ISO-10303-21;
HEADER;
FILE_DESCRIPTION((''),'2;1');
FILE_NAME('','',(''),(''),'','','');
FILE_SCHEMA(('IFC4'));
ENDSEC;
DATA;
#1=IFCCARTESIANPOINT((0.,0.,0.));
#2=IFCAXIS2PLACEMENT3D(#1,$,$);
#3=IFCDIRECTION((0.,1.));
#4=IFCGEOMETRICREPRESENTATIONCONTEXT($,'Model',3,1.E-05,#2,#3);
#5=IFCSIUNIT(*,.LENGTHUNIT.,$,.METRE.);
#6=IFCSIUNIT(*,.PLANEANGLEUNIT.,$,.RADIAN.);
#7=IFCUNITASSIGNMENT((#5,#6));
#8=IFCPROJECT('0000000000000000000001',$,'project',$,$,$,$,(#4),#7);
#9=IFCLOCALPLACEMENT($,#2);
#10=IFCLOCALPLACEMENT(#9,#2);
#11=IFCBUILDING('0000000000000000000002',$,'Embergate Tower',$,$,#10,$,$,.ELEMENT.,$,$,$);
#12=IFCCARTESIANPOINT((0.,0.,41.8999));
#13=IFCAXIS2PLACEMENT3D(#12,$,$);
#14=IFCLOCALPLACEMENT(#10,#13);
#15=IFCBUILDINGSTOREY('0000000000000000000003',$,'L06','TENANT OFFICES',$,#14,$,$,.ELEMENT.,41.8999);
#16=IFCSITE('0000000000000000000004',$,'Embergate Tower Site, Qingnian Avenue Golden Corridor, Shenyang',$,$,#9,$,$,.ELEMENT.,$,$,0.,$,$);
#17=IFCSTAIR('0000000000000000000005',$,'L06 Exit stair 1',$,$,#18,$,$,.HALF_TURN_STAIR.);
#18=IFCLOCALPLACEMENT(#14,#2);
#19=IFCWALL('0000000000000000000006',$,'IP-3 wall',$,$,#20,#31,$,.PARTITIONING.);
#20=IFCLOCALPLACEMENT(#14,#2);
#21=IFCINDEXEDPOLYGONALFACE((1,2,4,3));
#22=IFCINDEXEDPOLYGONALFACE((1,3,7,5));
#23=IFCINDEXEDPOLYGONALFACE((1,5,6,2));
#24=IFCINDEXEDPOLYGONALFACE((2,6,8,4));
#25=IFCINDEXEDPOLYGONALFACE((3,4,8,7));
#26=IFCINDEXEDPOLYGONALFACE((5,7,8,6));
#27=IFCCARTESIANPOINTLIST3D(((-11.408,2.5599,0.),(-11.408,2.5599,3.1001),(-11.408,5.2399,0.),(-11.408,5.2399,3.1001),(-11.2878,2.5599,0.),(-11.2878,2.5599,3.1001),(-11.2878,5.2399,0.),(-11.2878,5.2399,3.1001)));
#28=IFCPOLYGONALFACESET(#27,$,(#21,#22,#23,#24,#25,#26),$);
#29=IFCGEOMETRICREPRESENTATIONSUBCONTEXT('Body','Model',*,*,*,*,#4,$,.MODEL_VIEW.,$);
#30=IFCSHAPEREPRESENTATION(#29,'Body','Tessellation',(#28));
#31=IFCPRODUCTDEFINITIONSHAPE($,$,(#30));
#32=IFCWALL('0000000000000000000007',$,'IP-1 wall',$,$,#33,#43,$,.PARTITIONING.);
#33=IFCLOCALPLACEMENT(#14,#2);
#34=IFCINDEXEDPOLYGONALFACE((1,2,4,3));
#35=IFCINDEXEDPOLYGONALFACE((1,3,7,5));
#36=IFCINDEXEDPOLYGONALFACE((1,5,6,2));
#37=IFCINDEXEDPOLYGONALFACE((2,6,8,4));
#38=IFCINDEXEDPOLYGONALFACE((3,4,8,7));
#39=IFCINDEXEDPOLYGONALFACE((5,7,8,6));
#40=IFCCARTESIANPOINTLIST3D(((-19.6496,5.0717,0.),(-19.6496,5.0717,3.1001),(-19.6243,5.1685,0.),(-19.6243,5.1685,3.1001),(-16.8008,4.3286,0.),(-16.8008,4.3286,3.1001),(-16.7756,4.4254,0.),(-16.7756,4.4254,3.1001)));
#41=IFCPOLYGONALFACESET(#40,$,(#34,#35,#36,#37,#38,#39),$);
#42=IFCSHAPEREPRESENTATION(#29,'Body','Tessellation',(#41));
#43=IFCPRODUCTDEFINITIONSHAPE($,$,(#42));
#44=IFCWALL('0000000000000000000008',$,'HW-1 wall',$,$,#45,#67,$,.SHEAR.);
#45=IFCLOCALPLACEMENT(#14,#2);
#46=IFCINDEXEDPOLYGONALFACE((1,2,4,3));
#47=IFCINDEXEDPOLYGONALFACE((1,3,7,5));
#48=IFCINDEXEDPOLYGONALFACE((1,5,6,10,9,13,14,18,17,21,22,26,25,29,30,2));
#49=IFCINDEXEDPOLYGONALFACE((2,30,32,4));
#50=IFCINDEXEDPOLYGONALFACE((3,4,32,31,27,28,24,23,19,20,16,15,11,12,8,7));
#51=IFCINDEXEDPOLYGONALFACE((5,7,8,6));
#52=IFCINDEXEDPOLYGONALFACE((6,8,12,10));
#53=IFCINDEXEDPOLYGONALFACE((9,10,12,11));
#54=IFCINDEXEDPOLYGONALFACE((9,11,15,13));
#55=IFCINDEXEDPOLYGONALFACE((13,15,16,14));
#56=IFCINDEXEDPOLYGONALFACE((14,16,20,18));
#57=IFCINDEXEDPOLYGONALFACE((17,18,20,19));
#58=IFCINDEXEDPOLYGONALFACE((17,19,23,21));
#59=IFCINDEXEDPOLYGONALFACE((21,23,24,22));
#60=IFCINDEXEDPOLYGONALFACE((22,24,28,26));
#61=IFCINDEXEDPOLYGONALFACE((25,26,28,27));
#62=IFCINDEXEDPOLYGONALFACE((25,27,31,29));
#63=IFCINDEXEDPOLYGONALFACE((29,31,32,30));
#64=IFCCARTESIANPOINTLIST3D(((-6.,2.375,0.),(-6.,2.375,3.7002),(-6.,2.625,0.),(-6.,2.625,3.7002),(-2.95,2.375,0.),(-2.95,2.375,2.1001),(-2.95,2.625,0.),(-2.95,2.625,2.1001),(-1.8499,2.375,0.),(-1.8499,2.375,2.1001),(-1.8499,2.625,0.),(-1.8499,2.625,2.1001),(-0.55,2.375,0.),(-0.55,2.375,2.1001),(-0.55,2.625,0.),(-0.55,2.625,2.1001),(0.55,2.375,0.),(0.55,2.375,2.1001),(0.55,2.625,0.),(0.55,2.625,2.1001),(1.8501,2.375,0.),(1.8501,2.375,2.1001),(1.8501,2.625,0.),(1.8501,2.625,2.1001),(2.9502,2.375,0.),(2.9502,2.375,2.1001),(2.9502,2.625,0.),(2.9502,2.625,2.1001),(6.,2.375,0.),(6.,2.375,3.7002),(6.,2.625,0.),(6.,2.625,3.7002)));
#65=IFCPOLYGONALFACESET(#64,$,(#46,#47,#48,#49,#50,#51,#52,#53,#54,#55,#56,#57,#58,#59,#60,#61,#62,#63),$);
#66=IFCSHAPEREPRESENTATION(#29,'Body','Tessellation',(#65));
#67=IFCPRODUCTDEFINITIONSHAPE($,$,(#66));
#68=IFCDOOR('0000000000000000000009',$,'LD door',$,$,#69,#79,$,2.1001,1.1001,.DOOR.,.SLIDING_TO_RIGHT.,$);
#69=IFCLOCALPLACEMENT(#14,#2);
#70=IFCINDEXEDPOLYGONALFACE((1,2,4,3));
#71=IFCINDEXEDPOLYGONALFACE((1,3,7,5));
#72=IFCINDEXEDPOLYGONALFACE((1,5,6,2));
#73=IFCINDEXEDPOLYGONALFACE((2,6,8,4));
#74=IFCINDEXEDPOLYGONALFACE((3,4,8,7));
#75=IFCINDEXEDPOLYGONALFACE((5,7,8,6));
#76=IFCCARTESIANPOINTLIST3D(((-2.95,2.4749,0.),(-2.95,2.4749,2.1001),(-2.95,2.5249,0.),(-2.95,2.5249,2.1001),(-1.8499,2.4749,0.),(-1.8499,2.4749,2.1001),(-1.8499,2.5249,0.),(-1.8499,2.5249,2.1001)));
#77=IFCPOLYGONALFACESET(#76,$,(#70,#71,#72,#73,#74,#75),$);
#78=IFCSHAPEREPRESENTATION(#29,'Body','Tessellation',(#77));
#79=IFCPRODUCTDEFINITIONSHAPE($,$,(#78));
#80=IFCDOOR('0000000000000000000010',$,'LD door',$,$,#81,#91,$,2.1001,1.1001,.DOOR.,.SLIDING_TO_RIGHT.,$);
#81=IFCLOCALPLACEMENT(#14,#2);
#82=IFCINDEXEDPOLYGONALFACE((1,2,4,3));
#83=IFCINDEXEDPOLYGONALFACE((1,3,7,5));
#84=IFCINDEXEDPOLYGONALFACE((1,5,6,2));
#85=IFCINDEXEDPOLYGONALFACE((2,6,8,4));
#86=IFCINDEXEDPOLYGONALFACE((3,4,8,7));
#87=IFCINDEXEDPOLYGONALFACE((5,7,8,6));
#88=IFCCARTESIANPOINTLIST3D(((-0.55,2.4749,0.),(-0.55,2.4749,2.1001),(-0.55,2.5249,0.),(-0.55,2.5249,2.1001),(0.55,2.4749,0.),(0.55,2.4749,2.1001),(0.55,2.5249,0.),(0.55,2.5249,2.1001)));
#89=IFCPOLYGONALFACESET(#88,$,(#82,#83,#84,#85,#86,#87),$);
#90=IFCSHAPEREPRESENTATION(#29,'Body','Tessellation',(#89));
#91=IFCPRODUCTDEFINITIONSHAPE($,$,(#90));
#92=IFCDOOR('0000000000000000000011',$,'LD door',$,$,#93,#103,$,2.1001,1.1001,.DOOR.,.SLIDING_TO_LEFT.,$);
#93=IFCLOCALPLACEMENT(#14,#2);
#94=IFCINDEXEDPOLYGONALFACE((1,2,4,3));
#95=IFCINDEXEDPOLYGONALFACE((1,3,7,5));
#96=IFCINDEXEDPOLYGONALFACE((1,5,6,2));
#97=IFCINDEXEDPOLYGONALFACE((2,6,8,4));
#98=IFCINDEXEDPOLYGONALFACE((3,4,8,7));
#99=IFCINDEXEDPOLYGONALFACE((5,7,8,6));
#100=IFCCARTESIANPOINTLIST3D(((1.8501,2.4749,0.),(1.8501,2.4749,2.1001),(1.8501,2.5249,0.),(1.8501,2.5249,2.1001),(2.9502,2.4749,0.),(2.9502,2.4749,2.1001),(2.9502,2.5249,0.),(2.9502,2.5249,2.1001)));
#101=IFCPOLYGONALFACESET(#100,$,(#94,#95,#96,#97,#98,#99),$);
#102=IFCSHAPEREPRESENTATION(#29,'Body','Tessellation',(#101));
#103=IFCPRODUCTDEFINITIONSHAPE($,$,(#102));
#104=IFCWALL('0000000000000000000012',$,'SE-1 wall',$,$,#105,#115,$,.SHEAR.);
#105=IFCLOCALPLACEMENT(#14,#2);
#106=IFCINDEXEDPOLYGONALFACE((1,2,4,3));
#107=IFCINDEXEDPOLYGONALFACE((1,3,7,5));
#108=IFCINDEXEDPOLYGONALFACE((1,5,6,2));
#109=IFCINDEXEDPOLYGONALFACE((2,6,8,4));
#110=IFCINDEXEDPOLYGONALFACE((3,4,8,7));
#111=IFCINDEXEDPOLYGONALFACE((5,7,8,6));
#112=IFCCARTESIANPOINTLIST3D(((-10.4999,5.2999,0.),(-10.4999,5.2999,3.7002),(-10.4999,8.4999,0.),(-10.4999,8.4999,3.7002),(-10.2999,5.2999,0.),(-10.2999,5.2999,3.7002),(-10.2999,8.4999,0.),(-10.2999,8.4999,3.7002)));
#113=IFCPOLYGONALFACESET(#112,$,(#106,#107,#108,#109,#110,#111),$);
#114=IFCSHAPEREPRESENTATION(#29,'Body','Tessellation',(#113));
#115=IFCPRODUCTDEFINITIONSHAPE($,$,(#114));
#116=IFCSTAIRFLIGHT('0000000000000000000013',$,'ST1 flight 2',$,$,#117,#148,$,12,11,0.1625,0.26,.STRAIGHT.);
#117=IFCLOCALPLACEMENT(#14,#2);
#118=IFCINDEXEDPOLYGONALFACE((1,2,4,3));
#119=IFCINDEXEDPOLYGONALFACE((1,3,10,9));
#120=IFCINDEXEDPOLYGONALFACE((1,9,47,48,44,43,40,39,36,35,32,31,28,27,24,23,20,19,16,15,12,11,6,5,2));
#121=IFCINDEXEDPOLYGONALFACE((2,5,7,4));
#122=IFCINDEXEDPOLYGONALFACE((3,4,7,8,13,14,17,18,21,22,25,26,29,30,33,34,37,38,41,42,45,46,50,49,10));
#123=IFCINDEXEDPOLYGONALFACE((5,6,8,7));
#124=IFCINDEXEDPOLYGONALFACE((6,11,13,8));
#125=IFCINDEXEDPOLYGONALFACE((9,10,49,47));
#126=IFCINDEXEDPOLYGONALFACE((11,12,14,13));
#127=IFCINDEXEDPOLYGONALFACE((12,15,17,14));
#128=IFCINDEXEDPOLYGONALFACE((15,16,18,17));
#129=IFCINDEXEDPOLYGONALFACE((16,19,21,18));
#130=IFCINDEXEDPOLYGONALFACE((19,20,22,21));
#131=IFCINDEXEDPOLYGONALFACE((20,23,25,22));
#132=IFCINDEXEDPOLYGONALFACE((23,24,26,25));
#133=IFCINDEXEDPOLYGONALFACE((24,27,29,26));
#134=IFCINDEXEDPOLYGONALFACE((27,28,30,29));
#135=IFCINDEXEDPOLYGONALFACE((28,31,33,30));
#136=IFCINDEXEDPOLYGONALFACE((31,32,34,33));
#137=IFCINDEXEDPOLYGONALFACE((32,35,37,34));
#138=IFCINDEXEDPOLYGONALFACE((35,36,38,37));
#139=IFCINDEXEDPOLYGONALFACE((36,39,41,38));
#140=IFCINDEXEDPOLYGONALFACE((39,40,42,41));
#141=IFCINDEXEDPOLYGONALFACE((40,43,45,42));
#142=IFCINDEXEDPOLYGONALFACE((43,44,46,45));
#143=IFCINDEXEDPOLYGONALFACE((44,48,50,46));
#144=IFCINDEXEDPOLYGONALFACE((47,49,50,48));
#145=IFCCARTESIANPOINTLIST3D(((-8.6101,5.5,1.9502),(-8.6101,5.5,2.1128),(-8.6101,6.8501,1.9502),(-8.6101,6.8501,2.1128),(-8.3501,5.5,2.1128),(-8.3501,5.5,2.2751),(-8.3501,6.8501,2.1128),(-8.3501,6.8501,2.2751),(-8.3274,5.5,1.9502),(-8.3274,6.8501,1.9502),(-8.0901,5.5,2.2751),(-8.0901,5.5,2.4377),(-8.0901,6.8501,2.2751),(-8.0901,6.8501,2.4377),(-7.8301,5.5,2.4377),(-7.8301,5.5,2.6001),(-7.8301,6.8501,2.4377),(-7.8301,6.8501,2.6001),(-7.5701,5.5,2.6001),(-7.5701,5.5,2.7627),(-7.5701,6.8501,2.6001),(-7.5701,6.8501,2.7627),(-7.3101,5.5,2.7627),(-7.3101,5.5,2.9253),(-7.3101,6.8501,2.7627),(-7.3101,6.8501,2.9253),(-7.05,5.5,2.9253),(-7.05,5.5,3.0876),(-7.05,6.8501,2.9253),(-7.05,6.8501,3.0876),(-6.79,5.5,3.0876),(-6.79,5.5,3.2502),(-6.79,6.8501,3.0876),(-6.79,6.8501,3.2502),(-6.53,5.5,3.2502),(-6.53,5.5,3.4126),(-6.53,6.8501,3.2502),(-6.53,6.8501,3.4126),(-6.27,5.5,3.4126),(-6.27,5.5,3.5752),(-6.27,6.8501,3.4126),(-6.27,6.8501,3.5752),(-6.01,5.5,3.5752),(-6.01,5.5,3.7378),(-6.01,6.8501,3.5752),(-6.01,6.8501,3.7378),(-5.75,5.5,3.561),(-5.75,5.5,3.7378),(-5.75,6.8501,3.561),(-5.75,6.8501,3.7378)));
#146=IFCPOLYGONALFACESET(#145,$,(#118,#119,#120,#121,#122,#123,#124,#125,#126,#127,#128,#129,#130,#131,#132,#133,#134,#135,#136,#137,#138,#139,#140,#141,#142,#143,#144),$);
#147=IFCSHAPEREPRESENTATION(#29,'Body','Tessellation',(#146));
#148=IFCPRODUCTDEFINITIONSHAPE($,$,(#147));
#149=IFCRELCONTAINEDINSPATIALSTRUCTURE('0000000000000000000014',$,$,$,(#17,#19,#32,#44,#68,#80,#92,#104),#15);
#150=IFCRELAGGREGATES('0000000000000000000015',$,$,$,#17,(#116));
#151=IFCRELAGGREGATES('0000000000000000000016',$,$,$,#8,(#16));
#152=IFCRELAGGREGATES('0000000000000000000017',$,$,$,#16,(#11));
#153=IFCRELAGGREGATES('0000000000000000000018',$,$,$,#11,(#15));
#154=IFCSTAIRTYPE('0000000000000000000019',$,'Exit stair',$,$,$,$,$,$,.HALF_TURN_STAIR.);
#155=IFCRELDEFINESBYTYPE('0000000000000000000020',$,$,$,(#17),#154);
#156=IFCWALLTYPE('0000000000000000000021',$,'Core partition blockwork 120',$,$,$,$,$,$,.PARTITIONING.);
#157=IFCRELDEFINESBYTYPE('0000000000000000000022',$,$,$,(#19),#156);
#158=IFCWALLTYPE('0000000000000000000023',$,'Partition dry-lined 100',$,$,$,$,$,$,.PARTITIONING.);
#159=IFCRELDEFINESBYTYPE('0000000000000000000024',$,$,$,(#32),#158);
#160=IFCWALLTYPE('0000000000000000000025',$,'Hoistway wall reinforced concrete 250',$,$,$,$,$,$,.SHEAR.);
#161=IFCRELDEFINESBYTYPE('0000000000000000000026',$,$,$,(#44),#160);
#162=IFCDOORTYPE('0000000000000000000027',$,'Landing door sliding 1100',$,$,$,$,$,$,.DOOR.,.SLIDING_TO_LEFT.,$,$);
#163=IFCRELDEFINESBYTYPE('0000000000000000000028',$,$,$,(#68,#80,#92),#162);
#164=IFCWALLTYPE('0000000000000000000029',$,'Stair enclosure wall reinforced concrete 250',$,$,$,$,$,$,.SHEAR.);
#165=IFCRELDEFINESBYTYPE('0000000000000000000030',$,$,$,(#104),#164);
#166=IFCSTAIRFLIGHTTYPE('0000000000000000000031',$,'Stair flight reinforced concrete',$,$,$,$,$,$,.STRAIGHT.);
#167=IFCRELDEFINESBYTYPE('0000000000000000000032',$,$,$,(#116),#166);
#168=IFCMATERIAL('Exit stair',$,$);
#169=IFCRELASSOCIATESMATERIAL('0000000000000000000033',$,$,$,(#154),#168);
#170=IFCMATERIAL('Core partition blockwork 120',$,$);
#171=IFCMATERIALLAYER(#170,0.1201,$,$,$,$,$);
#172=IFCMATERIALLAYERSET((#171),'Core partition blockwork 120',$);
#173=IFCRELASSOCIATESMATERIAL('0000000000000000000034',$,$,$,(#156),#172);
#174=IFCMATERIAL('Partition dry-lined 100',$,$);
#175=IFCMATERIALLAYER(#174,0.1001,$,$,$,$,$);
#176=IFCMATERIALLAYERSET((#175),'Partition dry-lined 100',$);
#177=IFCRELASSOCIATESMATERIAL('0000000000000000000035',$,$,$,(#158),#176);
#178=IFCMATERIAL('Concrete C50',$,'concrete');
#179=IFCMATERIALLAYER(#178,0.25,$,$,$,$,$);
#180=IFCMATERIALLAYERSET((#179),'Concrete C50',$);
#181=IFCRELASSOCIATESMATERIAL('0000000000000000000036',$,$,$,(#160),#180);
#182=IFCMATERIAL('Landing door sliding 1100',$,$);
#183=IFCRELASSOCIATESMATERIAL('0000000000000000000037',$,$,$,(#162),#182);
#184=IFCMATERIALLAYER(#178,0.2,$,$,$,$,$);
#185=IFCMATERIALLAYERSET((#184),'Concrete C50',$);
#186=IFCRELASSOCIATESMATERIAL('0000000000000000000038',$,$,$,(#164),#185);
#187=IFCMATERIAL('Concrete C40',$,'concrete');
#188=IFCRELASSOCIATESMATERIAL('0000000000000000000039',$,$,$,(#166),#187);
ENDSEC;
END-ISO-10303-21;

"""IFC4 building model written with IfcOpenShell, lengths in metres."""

from ifc_helpers import new_model, si_unit, direction, frame, frame_2d, origin, place, context, subcontext, project, spatial, polyline, rectangle, outline, extrude, source, transform, mapped, material, layer, layer_set, type_object, element, fill, aggregate, save


model = new_model("IFC4")

# Units and contexts
model_context = context("Model", 3, precision=1e-05, world=origin(), true_north=direction((0.0, 1.0)))
body_context = subcontext(model_context, "Body", "Model", "MODEL_VIEW")
ifc_project = project(units=[si_unit("LENGTHUNIT", "METRE"), si_unit("PLANEANGLEUNIT", "RADIAN")], contexts=[model_context])

# Site, building, storey
site_placement = place(None, origin())
site = spatial("IfcSite", under=ifc_project, at=site_placement, Name="Embergate Tower Site, Qingnian Avenue Golden Corridor, Shenyang", CompositionType="ELEMENT", RefElevation=0.0)
building_placement = place(site_placement, origin())
building = spatial("IfcBuilding", under=site, at=building_placement, Name="Embergate Tower", CompositionType="ELEMENT")
storey_placement = place(building_placement, frame((0.0, 0.0, 41.8999)))
storey = spatial("IfcBuildingStorey", under=building, at=storey_placement, Name="L06", Description="TENANT OFFICES", CompositionType="ELEMENT", Elevation=41.8999)

# Stair
ifc_material_1 = material(Name="Exit stair")
stair_type = type_object("IfcStairType", Name="Exit stair", PredefinedType="HALF_TURN_STAIR", material=ifc_material_1)
stair_placement = place(storey_placement, origin())
stair = element("IfcStair", 1, at=stair_placement, inside=storey, type_object=stair_type, Name="L06 Exit stair 1", PredefinedType="HALF_TURN_STAIR")
ifc_material_2 = material(Name="Concrete C40", Category="concrete")

# Shared definitions
ifc_material_3 = material(Name="Core partition blockwork 120")
ifc_layer_1 = layer(ifc_material_3, 0.1201)
ifc_layer_set_1 = layer_set([ifc_layer_1], Name="Core partition blockwork 120")
wall_type_1 = type_object("IfcWallType", Name="Core partition blockwork 120", PredefinedType="PARTITIONING", material=ifc_layer_set_1)

# Walls
shared_shape_1 = source(origin(), body_context, "Body", "SweptSolid", [
    extrude(rectangle(XDim=2.6799, YDim=0.1201, at=frame_2d((1.3398, 0.0))), origin(), (0.0, 0.0, 1.0), 3.1001),
])
wall_1_placement = place(storey_placement, frame((-11.3479, 2.5601, 0.0), z_axis=(0.0, 0.0, 1.0), x_axis=(0.0, 1.0, 0.0)))
element("IfcWall", 2, at=wall_1_placement, inside=storey, type_object=wall_type_1, Name="IP-3 wall", PredefinedType="PARTITIONING", context=body_context, shape_type="MappedRepresentation", body=[
    mapped(shared_shape_1, transform((0.0, 0.0, 0.0))),
])
ifc_material_4 = material(Name="Partition dry-lined 100")
ifc_layer_2 = layer(ifc_material_4, 0.1001)
ifc_layer_set_2 = layer_set([ifc_layer_2], Name="Partition dry-lined 100")
wall_type_2 = type_object("IfcWallType", Name="Partition dry-lined 100", PredefinedType="PARTITIONING", material=ifc_layer_set_2)
shared_shape_2 = source(origin(), body_context, "Body", "SweptSolid", [
    extrude(rectangle(XDim=2.9441, YDim=0.1001, at=frame_2d((1.4722, 0.0))), origin(), (0.0, 0.0, 1.0), 3.1001),
])
wall_2_placement = place(storey_placement, frame((-16.7881, 4.377, 0.0), z_axis=(0.0, 0.0, 1.0), x_axis=(-0.967619, 0.252415, 0.0)))
element("IfcWall", 3, at=wall_2_placement, inside=storey, type_object=wall_type_2, Name="IP-1 wall", PredefinedType="PARTITIONING", context=body_context, shape_type="MappedRepresentation", body=[
    mapped(shared_shape_2, transform((0.0, 0.0, 0.0))),
])

# Wall, openings, doors
ifc_material_5 = material(Name="Concrete C50", Category="concrete")
ifc_layer_3 = layer(ifc_material_5, 0.25)
ifc_layer_set_3 = layer_set([ifc_layer_3], Name="Concrete C50")
wall_type_3 = type_object("IfcWallType", Name="Hoistway wall reinforced concrete 250", PredefinedType="SHEAR", material=ifc_layer_set_3)
shared_shape_3 = source(origin(), body_context, "Body", "SweptSolid", [
    extrude(rectangle(XDim=12.0, YDim=0.25, at=frame_2d((6.0, 0.0))), origin(), (0.0, 0.0, 1.0), 3.7002),
])
wall_3_placement = place(storey_placement, frame((-6.0, 2.5, 0.0), z_axis=(0.0, 0.0, 1.0), x_axis=(1.0, 0.0, 0.0)))
wall_3 = element("IfcWall", 4, at=wall_3_placement, inside=storey, type_object=wall_type_3, Name="HW-1 wall", PredefinedType="SHEAR", context=body_context, shape_type="MappedRepresentation", body=[
    mapped(shared_shape_3, transform((0.0, 0.0, 0.0))),
])
shared_shape_4 = source(origin(), body_context, "Body", "SweptSolid", [
    extrude(rectangle(XDim=1.1001, YDim=2.1001, at=frame_2d((0.55, 1.05))), frame((0.0, 0.135, 0.0), z_axis=(0.0, -1.0, 0.0), x_axis=(1.0, 0.0, 0.0)), (0.0, 0.0, 1.0), 0.27),
])
opening_1_placement = place(wall_3_placement, frame((3.05, 0.0, 0.0)))
opening_1 = element("IfcOpeningElement", 5, at=opening_1_placement, cuts=wall_3, PredefinedType="OPENING", context=body_context, shape_type="MappedRepresentation", body=[
    mapped(shared_shape_4, transform((0.0, 0.0, 0.0))),
])
opening_2_placement = place(wall_3_placement, frame((5.45, 0.0, 0.0)))
opening_2 = element("IfcOpeningElement", 6, at=opening_2_placement, cuts=wall_3, PredefinedType="OPENING", context=body_context, shape_type="MappedRepresentation", body=[
    mapped(shared_shape_4, transform((0.0, 0.0, 0.0))),
])
opening_3_placement = place(wall_3_placement, frame((7.8501, 0.0, 0.0)))
opening_3 = element("IfcOpeningElement", 7, at=opening_3_placement, cuts=wall_3, PredefinedType="OPENING", context=body_context, shape_type="MappedRepresentation", body=[
    mapped(shared_shape_4, transform((0.0, 0.0, 0.0))),
])
ifc_material_6 = material(Name="Landing door sliding 1100")
door_type_1 = type_object("IfcDoorType", Name="Landing door sliding 1100", OperationType="SLIDING_TO_LEFT", PredefinedType="DOOR", material=ifc_material_6)
shared_shape_5 = source(origin(), body_context, "Body", "SweptSolid", [
    extrude(rectangle(XDim=1.1001, YDim=2.1001, at=frame_2d((0.55, 1.05))), frame((0.0, 0.0249, 0.0), z_axis=(0.0, -1.0, 0.0), x_axis=(1.0, 0.0, 0.0)), (0.0, 0.0, 1.0), 0.05),
])
door_1_placement = place(opening_1_placement, origin())
door_1 = element("IfcDoor", 8, at=door_1_placement, inside=storey, type_object=door_type_1, Name="LD door", OperationType="SLIDING_TO_RIGHT", OverallHeight=2.1001, OverallWidth=1.1001, PredefinedType="DOOR", context=body_context, shape_type="MappedRepresentation", body=[
    mapped(shared_shape_5, transform((0.0, 0.0, 0.0))),
])
fill(opening_1, door_1)
door_2_placement = place(opening_2_placement, origin())
door_2 = element("IfcDoor", 9, at=door_2_placement, inside=storey, type_object=door_type_1, Name="LD door", OperationType="SLIDING_TO_RIGHT", OverallHeight=2.1001, OverallWidth=1.1001, PredefinedType="DOOR", context=body_context, shape_type="MappedRepresentation", body=[
    mapped(shared_shape_5, transform((0.0, 0.0, 0.0))),
])
fill(opening_2, door_2)
door_3_placement = place(opening_3_placement, origin())
door_3 = element("IfcDoor", 10, at=door_3_placement, inside=storey, type_object=door_type_1, Name="LD door", OperationType="SLIDING_TO_LEFT", OverallHeight=2.1001, OverallWidth=1.1001, PredefinedType="DOOR", context=body_context, shape_type="MappedRepresentation", body=[
    mapped(shared_shape_5, transform((0.0, 0.0, 0.0))),
])
fill(opening_3, door_3)

# Wall
ifc_layer_4 = layer(ifc_material_5, 0.2)
ifc_layer_set_4 = layer_set([ifc_layer_4], Name="Concrete C50")
wall_type_4 = type_object("IfcWallType", Name="Stair enclosure wall reinforced concrete 250", PredefinedType="SHEAR", material=ifc_layer_set_4)
shared_shape_6 = source(origin(), body_context, "Body", "SweptSolid", [
    extrude(rectangle(XDim=3.2, YDim=0.2, at=frame_2d((1.6001, 0.0))), origin(), (0.0, 0.0, 1.0), 3.7002),
])
wall_4_placement = place(storey_placement, frame((-10.3999, 8.5, 0.0), z_axis=(0.0, 0.0, 1.0), x_axis=(0.0, -1.0, 0.0)))
element("IfcWall", 11, at=wall_4_placement, inside=storey, type_object=wall_type_4, Name="SE-1 wall", PredefinedType="SHEAR", context=body_context, shape_type="MappedRepresentation", body=[
    mapped(shared_shape_6, transform((0.0, 0.0, 0.0))),
])

# Stair flight
stair_flight_type = type_object("IfcStairFlightType", Name="Stair flight reinforced concrete", PredefinedType="STRAIGHT", material=ifc_material_2)
shared_shape_7 = source(origin(), body_context, "Body", "SweptSolid", [
    extrude(outline(polyline([(0.0, 0.0), (0.0, 0.1626), (0.26, 0.1626), (0.26, 0.325), (0.52, 0.325), (0.52, 0.4875), (0.78, 0.4875), (0.78, 0.6499), (1.04, 0.6499), (1.04, 0.8125), (1.3, 0.8125), (1.3, 0.9751), (1.5601, 0.9751), (1.5601, 1.1375), (1.8201, 1.1375), (1.8201, 1.3), (2.0801, 1.3), (2.0801, 1.4624), (2.3401, 1.4624), (2.3401, 1.625), (2.6001, 1.625), (2.6001, 1.7876), (2.8601, 1.7876), (2.8601, 1.95), (2.8601, 1.6108), (0.2827, 0.0), (0.0, 0.0)])), frame((0.0, 0.675, 0.0), z_axis=(0.0, -1.0, 0.0), x_axis=(1.0, 0.0, 0.0)), (0.0, 0.0, 1.0), 1.3501),
])
stair_flight_placement = place(storey_placement, frame((-8.6101, 6.175, 1.9502), z_axis=(0.0, 0.0, 1.0), x_axis=(1.0, 0.0, 0.0)))
stair_flight = element("IfcStairFlight", 12, at=stair_flight_placement, type_object=stair_flight_type, Name="ST1 flight 2", NumberOfRisers=12, NumberOfTreads=11, PredefinedType="STRAIGHT", RiserHeight=0.1625, TreadLength=0.26, context=body_context, shape_type="MappedRepresentation", body=[
    mapped(shared_shape_7, transform((0.0, 0.0, 0.0))),
])
aggregate(stair, [stair_flight])

save(model, "model.ifc")
